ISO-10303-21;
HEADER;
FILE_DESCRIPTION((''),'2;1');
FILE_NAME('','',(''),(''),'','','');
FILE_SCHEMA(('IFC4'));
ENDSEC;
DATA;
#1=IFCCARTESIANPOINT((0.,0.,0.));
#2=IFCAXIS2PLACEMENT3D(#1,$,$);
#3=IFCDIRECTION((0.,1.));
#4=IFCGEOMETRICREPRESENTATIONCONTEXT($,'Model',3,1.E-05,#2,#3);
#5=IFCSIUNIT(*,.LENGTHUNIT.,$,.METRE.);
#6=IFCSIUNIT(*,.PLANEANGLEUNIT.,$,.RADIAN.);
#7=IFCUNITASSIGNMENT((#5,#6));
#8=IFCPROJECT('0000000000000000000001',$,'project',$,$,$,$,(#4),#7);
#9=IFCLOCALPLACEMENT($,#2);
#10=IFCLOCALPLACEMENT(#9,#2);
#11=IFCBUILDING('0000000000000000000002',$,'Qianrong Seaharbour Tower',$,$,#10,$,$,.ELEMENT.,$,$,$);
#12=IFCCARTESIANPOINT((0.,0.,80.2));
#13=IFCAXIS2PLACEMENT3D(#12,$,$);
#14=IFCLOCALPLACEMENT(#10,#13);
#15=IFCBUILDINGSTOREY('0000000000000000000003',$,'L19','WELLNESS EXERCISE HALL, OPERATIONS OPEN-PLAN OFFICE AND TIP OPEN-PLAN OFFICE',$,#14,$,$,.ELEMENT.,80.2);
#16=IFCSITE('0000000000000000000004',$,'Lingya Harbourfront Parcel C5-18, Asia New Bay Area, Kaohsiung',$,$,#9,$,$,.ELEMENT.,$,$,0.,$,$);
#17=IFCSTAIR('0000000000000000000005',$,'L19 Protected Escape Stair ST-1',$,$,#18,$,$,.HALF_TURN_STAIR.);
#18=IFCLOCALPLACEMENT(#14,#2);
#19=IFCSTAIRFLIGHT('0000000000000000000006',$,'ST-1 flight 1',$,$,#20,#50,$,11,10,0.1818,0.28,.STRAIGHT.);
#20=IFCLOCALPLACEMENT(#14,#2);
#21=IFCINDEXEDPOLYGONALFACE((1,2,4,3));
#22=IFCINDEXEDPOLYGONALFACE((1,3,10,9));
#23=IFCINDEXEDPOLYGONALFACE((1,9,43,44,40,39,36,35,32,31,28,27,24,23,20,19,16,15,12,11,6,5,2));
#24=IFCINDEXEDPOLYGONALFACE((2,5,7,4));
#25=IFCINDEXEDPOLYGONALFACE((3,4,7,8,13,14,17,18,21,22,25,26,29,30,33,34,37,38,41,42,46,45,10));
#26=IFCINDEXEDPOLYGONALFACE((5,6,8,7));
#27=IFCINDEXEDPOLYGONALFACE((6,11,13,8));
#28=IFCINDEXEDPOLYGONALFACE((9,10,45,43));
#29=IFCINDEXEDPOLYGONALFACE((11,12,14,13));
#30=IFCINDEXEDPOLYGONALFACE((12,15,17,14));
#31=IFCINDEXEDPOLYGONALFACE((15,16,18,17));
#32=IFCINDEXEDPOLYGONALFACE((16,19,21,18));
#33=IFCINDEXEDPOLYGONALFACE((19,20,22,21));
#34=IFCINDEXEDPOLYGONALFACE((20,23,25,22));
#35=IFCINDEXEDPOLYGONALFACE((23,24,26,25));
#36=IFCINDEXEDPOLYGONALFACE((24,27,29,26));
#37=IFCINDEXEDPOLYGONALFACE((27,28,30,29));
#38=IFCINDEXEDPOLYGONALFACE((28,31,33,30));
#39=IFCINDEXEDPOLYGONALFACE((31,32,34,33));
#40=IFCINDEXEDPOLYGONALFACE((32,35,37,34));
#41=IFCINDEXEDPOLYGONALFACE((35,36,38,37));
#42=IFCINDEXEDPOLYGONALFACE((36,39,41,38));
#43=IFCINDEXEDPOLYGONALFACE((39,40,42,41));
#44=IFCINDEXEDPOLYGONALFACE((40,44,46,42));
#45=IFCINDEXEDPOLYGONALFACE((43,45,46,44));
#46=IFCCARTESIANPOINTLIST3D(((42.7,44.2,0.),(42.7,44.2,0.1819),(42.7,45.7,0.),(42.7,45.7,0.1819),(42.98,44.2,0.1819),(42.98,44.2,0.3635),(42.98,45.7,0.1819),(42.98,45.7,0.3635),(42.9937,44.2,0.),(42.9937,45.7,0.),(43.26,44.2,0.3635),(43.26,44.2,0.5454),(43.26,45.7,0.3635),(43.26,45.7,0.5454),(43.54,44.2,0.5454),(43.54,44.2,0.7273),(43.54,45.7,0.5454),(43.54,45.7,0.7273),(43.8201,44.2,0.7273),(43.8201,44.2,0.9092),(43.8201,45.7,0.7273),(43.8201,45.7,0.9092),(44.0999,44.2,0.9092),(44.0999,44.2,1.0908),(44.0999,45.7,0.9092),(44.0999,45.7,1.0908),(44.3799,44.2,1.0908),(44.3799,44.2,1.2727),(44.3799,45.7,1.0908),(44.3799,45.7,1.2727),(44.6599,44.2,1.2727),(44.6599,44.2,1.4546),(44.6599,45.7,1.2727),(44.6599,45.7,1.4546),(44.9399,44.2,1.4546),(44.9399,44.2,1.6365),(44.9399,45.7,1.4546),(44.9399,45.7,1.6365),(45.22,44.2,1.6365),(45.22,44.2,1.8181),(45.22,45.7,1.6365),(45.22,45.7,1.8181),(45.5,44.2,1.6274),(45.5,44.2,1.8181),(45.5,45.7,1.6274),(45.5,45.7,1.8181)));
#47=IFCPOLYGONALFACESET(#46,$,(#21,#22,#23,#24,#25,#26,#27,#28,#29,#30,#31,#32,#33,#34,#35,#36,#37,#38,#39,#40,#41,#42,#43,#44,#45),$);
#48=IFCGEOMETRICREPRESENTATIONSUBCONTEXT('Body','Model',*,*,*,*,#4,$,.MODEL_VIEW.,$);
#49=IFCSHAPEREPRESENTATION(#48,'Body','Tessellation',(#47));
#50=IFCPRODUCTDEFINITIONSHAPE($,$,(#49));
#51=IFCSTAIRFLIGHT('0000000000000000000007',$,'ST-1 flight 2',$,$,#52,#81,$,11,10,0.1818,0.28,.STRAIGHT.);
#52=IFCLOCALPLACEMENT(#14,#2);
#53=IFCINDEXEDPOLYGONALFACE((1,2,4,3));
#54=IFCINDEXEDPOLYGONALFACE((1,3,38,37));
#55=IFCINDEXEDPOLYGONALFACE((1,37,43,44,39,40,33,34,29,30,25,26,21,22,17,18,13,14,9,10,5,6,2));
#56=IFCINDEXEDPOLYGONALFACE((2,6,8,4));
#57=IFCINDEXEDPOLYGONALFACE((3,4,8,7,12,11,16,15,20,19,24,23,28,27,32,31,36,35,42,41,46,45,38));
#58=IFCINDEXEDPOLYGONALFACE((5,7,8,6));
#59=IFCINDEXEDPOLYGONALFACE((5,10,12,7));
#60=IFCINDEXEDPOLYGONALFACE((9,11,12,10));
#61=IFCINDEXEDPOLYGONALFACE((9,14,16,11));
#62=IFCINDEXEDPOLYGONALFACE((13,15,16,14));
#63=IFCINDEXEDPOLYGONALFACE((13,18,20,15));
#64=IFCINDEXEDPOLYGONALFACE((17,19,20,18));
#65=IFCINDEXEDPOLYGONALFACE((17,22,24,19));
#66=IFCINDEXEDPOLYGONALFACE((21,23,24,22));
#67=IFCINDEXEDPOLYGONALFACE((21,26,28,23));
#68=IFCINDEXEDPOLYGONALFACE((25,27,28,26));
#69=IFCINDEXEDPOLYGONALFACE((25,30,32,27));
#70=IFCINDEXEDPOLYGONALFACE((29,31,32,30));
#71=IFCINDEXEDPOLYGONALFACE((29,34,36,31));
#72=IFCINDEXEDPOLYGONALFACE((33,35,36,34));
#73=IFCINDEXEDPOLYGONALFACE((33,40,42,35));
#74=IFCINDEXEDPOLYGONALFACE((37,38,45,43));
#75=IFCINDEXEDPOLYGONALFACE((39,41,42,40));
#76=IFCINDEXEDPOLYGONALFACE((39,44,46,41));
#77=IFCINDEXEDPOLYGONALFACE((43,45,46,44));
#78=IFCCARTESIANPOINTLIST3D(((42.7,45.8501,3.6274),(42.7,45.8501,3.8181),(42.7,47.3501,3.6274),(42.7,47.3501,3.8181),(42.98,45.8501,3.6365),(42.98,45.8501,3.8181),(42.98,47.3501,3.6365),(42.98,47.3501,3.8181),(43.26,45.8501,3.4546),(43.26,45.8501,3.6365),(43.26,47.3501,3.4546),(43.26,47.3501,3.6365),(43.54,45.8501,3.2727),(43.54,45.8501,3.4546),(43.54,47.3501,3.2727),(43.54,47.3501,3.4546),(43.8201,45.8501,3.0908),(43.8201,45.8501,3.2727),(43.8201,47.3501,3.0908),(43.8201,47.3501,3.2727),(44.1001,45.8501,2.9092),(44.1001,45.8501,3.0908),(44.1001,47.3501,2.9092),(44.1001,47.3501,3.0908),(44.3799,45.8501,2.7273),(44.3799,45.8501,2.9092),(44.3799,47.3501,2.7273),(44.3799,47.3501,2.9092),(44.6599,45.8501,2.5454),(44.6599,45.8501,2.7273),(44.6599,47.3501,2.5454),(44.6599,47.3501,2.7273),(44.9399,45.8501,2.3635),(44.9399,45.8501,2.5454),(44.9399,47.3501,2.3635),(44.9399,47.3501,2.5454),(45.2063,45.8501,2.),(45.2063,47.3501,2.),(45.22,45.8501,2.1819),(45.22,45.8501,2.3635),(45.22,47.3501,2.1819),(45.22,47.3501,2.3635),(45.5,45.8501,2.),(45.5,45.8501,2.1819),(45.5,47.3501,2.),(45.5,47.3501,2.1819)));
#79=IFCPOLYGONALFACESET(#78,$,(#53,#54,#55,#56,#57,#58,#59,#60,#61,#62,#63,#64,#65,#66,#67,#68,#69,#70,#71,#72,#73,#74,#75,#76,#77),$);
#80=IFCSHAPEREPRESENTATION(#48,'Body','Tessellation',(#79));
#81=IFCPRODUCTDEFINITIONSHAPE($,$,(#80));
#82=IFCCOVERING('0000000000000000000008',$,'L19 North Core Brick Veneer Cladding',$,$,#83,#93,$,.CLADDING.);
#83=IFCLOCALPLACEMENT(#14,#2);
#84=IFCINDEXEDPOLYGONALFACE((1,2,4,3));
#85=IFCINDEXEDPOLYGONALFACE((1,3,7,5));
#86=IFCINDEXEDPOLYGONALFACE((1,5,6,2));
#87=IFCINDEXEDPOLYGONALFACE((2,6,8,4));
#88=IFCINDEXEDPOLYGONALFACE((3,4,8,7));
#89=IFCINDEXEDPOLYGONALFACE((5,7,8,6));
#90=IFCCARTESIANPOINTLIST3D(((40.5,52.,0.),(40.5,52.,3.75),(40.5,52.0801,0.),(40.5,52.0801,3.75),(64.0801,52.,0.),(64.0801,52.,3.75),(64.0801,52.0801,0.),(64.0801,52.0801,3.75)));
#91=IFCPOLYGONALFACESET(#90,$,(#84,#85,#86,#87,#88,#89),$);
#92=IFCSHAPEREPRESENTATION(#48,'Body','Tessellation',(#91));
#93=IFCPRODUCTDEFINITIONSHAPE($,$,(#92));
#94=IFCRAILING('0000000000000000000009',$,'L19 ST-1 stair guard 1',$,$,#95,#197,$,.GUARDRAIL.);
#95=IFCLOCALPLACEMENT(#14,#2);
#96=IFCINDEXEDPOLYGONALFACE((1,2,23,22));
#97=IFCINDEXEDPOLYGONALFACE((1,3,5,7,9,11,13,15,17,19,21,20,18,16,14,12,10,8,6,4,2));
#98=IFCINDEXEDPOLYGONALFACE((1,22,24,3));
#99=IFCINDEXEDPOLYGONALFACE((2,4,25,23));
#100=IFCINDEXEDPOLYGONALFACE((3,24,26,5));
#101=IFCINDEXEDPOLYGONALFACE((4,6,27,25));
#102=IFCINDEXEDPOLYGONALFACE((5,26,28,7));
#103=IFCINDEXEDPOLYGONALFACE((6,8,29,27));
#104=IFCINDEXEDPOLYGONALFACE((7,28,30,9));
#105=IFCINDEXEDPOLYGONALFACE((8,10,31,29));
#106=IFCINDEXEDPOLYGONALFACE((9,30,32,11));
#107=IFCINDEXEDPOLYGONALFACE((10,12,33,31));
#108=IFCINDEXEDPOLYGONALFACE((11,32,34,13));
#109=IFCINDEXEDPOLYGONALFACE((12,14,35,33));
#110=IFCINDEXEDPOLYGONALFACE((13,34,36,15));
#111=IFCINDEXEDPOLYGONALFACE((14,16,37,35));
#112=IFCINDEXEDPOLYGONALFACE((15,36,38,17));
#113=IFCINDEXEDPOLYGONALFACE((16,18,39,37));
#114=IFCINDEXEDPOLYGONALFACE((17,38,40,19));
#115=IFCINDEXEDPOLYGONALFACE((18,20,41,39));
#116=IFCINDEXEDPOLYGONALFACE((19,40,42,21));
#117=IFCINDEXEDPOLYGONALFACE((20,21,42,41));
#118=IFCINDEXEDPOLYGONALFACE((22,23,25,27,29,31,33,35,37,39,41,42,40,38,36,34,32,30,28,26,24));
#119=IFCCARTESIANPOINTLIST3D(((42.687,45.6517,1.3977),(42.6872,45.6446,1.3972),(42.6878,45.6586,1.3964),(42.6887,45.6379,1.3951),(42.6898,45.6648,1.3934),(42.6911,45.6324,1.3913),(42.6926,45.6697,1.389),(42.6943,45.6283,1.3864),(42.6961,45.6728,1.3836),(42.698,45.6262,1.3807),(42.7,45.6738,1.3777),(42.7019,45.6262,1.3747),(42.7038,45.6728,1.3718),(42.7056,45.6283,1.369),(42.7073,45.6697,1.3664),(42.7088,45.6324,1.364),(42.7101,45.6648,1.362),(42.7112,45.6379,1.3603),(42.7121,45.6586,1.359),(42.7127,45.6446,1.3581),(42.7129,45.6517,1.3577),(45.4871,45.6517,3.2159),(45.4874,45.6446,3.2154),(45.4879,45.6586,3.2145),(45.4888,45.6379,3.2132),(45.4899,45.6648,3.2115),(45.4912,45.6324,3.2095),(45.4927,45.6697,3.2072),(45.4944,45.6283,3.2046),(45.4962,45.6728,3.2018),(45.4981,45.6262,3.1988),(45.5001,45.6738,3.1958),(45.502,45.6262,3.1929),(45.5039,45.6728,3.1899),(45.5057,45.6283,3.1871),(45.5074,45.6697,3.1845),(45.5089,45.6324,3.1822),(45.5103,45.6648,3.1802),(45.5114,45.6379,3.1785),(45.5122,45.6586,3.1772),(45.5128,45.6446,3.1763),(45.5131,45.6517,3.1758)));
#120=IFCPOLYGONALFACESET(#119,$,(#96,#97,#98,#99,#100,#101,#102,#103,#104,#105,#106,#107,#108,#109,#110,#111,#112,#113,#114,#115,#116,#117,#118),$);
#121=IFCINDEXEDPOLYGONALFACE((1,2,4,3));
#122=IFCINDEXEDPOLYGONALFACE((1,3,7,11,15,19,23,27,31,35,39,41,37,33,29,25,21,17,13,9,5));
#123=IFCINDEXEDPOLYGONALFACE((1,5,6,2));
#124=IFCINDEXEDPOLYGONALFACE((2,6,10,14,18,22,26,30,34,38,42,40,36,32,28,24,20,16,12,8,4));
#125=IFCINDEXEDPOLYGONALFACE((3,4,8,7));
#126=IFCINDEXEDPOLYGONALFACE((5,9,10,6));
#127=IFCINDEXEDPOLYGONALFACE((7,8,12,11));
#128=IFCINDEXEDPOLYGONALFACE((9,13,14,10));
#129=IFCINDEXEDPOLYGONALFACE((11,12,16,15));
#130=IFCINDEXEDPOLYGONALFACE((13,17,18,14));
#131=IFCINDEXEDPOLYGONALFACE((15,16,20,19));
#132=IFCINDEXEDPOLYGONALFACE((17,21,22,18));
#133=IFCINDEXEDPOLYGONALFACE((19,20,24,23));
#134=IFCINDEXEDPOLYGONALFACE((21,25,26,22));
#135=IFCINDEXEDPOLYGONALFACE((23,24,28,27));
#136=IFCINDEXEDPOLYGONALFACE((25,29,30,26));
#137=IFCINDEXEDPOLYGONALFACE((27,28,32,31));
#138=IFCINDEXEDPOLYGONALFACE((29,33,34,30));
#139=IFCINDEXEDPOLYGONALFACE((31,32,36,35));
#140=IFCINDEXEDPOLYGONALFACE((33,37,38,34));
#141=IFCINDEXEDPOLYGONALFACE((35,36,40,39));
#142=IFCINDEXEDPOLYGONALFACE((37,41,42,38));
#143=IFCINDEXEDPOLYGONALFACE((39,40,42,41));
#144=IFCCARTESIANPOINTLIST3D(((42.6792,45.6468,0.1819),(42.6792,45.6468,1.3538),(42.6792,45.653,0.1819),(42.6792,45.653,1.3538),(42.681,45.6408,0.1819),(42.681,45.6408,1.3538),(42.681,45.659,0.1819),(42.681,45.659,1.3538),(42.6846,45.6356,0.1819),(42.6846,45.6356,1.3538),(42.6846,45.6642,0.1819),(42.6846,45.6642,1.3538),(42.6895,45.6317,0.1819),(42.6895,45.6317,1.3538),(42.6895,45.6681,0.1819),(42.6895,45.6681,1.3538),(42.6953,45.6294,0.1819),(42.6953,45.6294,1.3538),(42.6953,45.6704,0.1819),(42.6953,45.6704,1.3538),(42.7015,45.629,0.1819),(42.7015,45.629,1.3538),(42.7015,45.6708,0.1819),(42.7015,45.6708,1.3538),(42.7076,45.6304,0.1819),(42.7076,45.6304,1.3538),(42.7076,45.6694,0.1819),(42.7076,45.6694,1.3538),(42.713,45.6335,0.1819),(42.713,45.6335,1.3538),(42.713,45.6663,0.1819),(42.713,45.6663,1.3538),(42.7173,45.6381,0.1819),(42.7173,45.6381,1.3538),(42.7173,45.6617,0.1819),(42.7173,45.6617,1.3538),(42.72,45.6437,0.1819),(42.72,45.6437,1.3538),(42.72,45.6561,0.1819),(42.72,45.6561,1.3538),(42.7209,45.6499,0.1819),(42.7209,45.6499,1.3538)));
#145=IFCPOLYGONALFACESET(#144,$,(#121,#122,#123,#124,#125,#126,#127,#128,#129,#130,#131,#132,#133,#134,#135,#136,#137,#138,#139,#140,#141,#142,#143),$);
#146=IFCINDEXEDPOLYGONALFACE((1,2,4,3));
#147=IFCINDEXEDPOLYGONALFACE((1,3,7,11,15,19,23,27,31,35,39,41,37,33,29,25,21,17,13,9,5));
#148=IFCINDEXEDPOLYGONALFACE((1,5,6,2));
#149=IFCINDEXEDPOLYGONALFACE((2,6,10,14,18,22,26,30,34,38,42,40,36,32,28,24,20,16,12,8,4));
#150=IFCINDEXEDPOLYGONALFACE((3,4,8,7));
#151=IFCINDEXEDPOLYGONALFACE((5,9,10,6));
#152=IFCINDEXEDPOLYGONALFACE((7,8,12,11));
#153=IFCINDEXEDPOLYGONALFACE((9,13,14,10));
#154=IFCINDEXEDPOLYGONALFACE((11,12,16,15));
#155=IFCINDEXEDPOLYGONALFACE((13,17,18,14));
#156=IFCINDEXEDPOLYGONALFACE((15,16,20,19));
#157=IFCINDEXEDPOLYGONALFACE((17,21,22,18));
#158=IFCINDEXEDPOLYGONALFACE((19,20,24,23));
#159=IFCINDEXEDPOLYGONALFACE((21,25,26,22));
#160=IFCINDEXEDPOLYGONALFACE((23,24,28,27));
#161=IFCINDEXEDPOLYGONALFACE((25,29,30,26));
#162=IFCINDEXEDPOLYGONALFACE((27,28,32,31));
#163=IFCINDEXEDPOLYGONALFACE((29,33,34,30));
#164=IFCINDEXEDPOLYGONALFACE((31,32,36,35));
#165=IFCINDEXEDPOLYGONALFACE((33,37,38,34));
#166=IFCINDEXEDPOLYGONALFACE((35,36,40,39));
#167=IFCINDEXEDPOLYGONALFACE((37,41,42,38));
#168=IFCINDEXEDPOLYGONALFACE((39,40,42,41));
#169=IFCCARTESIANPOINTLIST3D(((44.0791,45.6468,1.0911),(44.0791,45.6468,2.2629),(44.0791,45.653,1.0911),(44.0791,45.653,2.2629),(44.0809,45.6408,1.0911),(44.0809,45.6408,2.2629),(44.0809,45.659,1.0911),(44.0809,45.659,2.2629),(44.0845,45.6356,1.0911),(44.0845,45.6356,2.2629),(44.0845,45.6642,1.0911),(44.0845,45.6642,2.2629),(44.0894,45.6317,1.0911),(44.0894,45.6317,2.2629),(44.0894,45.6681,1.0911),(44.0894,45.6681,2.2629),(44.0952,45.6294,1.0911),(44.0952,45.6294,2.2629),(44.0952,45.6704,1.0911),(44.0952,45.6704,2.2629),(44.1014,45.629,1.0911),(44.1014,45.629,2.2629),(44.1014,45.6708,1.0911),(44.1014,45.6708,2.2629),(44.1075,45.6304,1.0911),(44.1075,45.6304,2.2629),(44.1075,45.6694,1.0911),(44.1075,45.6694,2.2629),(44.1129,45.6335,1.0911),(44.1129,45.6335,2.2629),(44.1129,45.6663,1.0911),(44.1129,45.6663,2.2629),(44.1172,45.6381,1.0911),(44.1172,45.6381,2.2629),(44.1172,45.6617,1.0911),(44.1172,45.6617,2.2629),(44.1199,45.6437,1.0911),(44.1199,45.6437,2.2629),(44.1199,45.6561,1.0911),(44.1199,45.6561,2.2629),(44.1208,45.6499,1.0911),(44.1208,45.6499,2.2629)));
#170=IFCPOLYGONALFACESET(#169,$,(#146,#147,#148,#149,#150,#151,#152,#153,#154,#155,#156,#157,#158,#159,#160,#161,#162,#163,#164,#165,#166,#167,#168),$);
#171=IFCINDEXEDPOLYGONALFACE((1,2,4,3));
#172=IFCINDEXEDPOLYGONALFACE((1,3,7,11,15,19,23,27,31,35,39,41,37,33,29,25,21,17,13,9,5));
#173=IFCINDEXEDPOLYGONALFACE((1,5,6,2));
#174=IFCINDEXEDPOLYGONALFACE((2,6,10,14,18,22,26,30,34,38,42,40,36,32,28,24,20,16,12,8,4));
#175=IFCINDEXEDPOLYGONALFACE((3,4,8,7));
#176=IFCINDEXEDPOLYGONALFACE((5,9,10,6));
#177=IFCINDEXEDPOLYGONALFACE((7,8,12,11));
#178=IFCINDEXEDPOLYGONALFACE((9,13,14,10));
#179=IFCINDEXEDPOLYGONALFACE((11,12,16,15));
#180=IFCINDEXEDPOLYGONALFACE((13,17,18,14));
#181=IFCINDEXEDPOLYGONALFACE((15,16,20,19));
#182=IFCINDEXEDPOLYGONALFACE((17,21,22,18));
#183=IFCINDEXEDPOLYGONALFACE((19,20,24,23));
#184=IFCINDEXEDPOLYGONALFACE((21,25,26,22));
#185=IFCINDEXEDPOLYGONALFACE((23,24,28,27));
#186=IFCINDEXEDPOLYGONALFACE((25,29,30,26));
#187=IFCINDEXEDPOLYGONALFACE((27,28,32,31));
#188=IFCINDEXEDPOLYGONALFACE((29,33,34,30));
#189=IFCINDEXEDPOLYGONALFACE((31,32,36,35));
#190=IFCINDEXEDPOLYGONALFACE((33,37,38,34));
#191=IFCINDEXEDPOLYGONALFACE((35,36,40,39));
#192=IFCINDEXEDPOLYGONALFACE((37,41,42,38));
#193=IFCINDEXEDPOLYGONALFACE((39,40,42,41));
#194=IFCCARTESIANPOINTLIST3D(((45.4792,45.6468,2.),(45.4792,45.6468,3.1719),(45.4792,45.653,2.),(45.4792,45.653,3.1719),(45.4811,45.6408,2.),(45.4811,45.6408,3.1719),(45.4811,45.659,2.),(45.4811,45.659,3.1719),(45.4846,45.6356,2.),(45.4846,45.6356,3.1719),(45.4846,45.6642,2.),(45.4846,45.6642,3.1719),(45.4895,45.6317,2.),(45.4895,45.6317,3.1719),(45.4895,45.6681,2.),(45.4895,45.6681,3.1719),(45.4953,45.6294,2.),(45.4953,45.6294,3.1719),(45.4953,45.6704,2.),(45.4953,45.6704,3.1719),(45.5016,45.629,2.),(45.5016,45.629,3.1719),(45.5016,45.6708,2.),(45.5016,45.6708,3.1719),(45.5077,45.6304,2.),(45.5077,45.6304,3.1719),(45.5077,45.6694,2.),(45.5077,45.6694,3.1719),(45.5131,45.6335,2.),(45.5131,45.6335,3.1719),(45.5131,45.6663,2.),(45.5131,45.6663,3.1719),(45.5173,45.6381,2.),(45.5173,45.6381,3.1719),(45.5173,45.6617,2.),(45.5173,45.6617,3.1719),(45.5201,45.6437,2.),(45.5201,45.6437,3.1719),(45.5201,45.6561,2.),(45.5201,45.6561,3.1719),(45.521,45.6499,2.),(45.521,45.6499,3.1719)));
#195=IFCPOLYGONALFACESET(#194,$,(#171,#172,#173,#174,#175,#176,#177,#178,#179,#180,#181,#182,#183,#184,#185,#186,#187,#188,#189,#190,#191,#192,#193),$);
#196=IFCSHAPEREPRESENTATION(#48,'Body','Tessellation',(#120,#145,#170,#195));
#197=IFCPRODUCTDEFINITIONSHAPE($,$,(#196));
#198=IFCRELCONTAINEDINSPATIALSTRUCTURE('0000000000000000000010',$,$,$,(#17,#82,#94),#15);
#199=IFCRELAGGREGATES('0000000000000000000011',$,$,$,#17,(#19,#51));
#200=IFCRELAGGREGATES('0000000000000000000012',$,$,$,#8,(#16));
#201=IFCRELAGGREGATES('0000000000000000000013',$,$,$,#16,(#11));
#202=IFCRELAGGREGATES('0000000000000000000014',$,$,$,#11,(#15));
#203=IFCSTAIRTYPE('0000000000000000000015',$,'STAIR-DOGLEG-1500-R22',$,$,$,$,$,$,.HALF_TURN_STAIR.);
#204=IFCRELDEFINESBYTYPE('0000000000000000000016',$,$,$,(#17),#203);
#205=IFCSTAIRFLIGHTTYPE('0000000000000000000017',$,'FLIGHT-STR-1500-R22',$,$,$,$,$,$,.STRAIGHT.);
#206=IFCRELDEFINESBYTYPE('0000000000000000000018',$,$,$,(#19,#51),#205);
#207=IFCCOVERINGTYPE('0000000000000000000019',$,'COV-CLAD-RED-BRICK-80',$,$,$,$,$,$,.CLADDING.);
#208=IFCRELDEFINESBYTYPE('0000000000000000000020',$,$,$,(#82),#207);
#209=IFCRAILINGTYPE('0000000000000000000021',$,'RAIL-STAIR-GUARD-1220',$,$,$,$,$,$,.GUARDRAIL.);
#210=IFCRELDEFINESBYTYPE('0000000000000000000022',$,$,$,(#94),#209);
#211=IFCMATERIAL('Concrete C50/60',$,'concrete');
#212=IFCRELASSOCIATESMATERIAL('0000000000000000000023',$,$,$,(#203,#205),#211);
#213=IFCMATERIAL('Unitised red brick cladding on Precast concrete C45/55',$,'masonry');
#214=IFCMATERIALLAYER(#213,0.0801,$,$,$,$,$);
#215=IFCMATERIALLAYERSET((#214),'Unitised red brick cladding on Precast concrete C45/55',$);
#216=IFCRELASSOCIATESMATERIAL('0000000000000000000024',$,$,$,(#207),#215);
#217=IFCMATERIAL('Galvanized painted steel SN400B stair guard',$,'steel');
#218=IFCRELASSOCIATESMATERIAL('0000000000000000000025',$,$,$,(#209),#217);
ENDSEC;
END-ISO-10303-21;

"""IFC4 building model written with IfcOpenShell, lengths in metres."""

from ifc_helpers import new_model, si_unit, direction, frame, origin, origin_2d, place, context, subcontext, project, spatial, polyline, rectangle, circle, outline, extrude, material, layer, layer_set, type_object, element, aggregate, save


model = new_model("IFC4")

# Units and contexts
model_context = context("Model", 3, precision=1e-05, world=origin(), true_north=direction((0.0, 1.0)))
body_context = subcontext(model_context, "Body", "Model", "MODEL_VIEW")
ifc_project = project(units=[si_unit("LENGTHUNIT", "METRE"), si_unit("PLANEANGLEUNIT", "RADIAN")], contexts=[model_context])

# Site, building, storey
site_placement = place(None, origin())
site = spatial("IfcSite", under=ifc_project, at=site_placement, Name="Lingya Harbourfront Parcel C5-18, Asia New Bay Area, Kaohsiung", CompositionType="ELEMENT", RefElevation=0.0)
building_placement = place(site_placement, origin())
building = spatial("IfcBuilding", under=site, at=building_placement, Name="Qianrong Seaharbour Tower", CompositionType="ELEMENT")
storey_placement = place(building_placement, frame((0.0, 0.0, 80.2)))
storey = spatial("IfcBuildingStorey", under=building, at=storey_placement, Name="L19", Description="WELLNESS EXERCISE HALL, OPERATIONS OPEN-PLAN OFFICE AND TIP OPEN-PLAN OFFICE", CompositionType="ELEMENT", Elevation=80.2)

# Shared definitions
ifc_material_1 = material(Name="Concrete C50/60", Category="concrete")

# Stair, stair flights
stair_type = type_object("IfcStairType", Name="STAIR-DOGLEG-1500-R22", PredefinedType="HALF_TURN_STAIR", material=ifc_material_1)
stair_placement = place(storey_placement, origin())
stair = element("IfcStair", 1, at=stair_placement, inside=storey, type_object=stair_type, Name="L19 Protected Escape Stair ST-1", PredefinedType="HALF_TURN_STAIR")
stair_flight_type = type_object("IfcStairFlightType", Name="FLIGHT-STR-1500-R22", PredefinedType="STRAIGHT", material=ifc_material_1)
stair_flight_1_placement = place(storey_placement, frame((42.7, 44.95, 0.0), z_axis=(0.0, 0.0, 1.0), x_axis=(1.0, 0.0, 0.0)))
stair_flight_1 = element("IfcStairFlight", 2, at=stair_flight_1_placement, type_object=stair_flight_type, Name="ST-1 flight 1", NumberOfRisers=11, NumberOfTreads=10, PredefinedType="STRAIGHT", RiserHeight=0.1818, TreadLength=0.28, context=body_context, shape_type="SweptSolid", body=[
    extrude(outline(polyline([(0.0, 0.0), (0.0, 0.1819), (0.28, 0.1819), (0.28, 0.3635), (0.5601, 0.3635), (0.5601, 0.5454), (0.8401, 0.5454), (0.8401, 0.7273), (1.1201, 0.7273), (1.1201, 0.9092), (1.3999, 0.9092), (1.3999, 1.0908), (1.6799, 1.0908), (1.6799, 1.2727), (1.96, 1.2727), (1.96, 1.4546), (2.24, 1.4546), (2.24, 1.6365), (2.52, 1.6365), (2.52, 1.8181), (2.8, 1.8181), (2.8, 2.0), (2.8, 1.6274), (0.2937, 0.0), (0.0, 0.0)])), frame((0.0, 0.75, 0.0), z_axis=(0.0, -1.0, 0.0), x_axis=(1.0, 0.0, 0.0)), (0.0, 0.0, 1.0), 1.5),
])
stair_flight_2_placement = place(storey_placement, frame((45.5, 46.6001, 2.0), z_axis=(0.0, 0.0, 1.0), x_axis=(-1.0, 0.0, 0.0)))
stair_flight_2 = element("IfcStairFlight", 3, at=stair_flight_2_placement, type_object=stair_flight_type, Name="ST-1 flight 2", NumberOfRisers=11, NumberOfTreads=10, PredefinedType="STRAIGHT", RiserHeight=0.1818, TreadLength=0.28, context=body_context, shape_type="SweptSolid", body=[
    extrude(outline(polyline([(0.0, 0.0), (0.0, 0.1819), (0.28, 0.1819), (0.28, 0.3635), (0.5601, 0.3635), (0.5601, 0.5454), (0.8401, 0.5454), (0.8401, 0.7273), (1.1201, 0.7273), (1.1201, 0.9092), (1.3999, 0.9092), (1.3999, 1.0908), (1.6799, 1.0908), (1.6799, 1.2727), (1.96, 1.2727), (1.96, 1.4546), (2.24, 1.4546), (2.24, 1.6365), (2.52, 1.6365), (2.52, 1.8181), (2.8, 1.8181), (2.8, 2.0), (2.8, 1.6274), (0.2937, 0.0), (0.0, 0.0)])), frame((0.0, 0.75, 0.0), z_axis=(0.0, -1.0, 0.0), x_axis=(1.0, 0.0, 0.0)), (0.0, 0.0, 1.0), 1.5),
])
aggregate(stair, [stair_flight_1, stair_flight_2])

# Covering
ifc_material_2 = material(Name="Unitised red brick cladding on Precast concrete C45/55", Category="masonry")
ifc_layer_1 = layer(ifc_material_2, 0.0801)
ifc_layer_set_1 = layer_set([ifc_layer_1], Name="Unitised red brick cladding on Precast concrete C45/55")
covering_type = type_object("IfcCoveringType", Name="COV-CLAD-RED-BRICK-80", PredefinedType="CLADDING", material=ifc_layer_set_1)
covering_placement = place(storey_placement, frame((52.29, 52.04, 0.0), z_axis=(0.0, 0.0, 1.0), x_axis=(1.0, 0.0, 0.0)))
element("IfcCovering", 4, at=covering_placement, inside=storey, type_object=covering_type, Name="L19 North Core Brick Veneer Cladding", PredefinedType="CLADDING", context=body_context, shape_type="SweptSolid", body=[
    extrude(rectangle(XDim=23.5801, YDim=0.0801, at=origin_2d()), origin(), (0.0, 0.0, 1.0), 3.75),
])

# Railing
ifc_material_3 = material(Name="Galvanized painted steel SN400B stair guard", Category="steel")
railing_type_1 = type_object("IfcRailingType", Name="RAIL-STAIR-GUARD-1220", PredefinedType="GUARDRAIL", material=ifc_material_3)
railing_1_placement = place(storey_placement, frame((42.7, 45.6499, 0.1819)))
element("IfcRailing", 5, at=railing_1_placement, inside=storey, type_object=railing_type_1, Name="L19 ST-1 stair guard 1", PredefinedType="GUARDRAIL", context=body_context, shape_type="SweptSolid", body=[
    extrude(circle(Radius=0.0239, at=origin_2d()), frame((0.0, 0.0, 1.1958), z_axis=(0.838706, 0.0, 0.544585), x_axis=(0.0, 1.0, 0.0)), (0.0, 0.0, 1.0), 3.3386),
    extrude(circle(Radius=0.021, at=origin_2d()), origin(), (0.0, 0.0, 1.0), 1.1719),
    extrude(circle(Radius=0.021, at=origin_2d()), frame((1.3999, 0.0, 0.9092)), (0.0, 0.0, 1.0), 1.1719),
    extrude(circle(Radius=0.021, at=origin_2d()), frame((2.8, 0.0, 1.8181)), (0.0, 0.0, 1.0), 1.1719),
])

save(model, "model.ifc")
